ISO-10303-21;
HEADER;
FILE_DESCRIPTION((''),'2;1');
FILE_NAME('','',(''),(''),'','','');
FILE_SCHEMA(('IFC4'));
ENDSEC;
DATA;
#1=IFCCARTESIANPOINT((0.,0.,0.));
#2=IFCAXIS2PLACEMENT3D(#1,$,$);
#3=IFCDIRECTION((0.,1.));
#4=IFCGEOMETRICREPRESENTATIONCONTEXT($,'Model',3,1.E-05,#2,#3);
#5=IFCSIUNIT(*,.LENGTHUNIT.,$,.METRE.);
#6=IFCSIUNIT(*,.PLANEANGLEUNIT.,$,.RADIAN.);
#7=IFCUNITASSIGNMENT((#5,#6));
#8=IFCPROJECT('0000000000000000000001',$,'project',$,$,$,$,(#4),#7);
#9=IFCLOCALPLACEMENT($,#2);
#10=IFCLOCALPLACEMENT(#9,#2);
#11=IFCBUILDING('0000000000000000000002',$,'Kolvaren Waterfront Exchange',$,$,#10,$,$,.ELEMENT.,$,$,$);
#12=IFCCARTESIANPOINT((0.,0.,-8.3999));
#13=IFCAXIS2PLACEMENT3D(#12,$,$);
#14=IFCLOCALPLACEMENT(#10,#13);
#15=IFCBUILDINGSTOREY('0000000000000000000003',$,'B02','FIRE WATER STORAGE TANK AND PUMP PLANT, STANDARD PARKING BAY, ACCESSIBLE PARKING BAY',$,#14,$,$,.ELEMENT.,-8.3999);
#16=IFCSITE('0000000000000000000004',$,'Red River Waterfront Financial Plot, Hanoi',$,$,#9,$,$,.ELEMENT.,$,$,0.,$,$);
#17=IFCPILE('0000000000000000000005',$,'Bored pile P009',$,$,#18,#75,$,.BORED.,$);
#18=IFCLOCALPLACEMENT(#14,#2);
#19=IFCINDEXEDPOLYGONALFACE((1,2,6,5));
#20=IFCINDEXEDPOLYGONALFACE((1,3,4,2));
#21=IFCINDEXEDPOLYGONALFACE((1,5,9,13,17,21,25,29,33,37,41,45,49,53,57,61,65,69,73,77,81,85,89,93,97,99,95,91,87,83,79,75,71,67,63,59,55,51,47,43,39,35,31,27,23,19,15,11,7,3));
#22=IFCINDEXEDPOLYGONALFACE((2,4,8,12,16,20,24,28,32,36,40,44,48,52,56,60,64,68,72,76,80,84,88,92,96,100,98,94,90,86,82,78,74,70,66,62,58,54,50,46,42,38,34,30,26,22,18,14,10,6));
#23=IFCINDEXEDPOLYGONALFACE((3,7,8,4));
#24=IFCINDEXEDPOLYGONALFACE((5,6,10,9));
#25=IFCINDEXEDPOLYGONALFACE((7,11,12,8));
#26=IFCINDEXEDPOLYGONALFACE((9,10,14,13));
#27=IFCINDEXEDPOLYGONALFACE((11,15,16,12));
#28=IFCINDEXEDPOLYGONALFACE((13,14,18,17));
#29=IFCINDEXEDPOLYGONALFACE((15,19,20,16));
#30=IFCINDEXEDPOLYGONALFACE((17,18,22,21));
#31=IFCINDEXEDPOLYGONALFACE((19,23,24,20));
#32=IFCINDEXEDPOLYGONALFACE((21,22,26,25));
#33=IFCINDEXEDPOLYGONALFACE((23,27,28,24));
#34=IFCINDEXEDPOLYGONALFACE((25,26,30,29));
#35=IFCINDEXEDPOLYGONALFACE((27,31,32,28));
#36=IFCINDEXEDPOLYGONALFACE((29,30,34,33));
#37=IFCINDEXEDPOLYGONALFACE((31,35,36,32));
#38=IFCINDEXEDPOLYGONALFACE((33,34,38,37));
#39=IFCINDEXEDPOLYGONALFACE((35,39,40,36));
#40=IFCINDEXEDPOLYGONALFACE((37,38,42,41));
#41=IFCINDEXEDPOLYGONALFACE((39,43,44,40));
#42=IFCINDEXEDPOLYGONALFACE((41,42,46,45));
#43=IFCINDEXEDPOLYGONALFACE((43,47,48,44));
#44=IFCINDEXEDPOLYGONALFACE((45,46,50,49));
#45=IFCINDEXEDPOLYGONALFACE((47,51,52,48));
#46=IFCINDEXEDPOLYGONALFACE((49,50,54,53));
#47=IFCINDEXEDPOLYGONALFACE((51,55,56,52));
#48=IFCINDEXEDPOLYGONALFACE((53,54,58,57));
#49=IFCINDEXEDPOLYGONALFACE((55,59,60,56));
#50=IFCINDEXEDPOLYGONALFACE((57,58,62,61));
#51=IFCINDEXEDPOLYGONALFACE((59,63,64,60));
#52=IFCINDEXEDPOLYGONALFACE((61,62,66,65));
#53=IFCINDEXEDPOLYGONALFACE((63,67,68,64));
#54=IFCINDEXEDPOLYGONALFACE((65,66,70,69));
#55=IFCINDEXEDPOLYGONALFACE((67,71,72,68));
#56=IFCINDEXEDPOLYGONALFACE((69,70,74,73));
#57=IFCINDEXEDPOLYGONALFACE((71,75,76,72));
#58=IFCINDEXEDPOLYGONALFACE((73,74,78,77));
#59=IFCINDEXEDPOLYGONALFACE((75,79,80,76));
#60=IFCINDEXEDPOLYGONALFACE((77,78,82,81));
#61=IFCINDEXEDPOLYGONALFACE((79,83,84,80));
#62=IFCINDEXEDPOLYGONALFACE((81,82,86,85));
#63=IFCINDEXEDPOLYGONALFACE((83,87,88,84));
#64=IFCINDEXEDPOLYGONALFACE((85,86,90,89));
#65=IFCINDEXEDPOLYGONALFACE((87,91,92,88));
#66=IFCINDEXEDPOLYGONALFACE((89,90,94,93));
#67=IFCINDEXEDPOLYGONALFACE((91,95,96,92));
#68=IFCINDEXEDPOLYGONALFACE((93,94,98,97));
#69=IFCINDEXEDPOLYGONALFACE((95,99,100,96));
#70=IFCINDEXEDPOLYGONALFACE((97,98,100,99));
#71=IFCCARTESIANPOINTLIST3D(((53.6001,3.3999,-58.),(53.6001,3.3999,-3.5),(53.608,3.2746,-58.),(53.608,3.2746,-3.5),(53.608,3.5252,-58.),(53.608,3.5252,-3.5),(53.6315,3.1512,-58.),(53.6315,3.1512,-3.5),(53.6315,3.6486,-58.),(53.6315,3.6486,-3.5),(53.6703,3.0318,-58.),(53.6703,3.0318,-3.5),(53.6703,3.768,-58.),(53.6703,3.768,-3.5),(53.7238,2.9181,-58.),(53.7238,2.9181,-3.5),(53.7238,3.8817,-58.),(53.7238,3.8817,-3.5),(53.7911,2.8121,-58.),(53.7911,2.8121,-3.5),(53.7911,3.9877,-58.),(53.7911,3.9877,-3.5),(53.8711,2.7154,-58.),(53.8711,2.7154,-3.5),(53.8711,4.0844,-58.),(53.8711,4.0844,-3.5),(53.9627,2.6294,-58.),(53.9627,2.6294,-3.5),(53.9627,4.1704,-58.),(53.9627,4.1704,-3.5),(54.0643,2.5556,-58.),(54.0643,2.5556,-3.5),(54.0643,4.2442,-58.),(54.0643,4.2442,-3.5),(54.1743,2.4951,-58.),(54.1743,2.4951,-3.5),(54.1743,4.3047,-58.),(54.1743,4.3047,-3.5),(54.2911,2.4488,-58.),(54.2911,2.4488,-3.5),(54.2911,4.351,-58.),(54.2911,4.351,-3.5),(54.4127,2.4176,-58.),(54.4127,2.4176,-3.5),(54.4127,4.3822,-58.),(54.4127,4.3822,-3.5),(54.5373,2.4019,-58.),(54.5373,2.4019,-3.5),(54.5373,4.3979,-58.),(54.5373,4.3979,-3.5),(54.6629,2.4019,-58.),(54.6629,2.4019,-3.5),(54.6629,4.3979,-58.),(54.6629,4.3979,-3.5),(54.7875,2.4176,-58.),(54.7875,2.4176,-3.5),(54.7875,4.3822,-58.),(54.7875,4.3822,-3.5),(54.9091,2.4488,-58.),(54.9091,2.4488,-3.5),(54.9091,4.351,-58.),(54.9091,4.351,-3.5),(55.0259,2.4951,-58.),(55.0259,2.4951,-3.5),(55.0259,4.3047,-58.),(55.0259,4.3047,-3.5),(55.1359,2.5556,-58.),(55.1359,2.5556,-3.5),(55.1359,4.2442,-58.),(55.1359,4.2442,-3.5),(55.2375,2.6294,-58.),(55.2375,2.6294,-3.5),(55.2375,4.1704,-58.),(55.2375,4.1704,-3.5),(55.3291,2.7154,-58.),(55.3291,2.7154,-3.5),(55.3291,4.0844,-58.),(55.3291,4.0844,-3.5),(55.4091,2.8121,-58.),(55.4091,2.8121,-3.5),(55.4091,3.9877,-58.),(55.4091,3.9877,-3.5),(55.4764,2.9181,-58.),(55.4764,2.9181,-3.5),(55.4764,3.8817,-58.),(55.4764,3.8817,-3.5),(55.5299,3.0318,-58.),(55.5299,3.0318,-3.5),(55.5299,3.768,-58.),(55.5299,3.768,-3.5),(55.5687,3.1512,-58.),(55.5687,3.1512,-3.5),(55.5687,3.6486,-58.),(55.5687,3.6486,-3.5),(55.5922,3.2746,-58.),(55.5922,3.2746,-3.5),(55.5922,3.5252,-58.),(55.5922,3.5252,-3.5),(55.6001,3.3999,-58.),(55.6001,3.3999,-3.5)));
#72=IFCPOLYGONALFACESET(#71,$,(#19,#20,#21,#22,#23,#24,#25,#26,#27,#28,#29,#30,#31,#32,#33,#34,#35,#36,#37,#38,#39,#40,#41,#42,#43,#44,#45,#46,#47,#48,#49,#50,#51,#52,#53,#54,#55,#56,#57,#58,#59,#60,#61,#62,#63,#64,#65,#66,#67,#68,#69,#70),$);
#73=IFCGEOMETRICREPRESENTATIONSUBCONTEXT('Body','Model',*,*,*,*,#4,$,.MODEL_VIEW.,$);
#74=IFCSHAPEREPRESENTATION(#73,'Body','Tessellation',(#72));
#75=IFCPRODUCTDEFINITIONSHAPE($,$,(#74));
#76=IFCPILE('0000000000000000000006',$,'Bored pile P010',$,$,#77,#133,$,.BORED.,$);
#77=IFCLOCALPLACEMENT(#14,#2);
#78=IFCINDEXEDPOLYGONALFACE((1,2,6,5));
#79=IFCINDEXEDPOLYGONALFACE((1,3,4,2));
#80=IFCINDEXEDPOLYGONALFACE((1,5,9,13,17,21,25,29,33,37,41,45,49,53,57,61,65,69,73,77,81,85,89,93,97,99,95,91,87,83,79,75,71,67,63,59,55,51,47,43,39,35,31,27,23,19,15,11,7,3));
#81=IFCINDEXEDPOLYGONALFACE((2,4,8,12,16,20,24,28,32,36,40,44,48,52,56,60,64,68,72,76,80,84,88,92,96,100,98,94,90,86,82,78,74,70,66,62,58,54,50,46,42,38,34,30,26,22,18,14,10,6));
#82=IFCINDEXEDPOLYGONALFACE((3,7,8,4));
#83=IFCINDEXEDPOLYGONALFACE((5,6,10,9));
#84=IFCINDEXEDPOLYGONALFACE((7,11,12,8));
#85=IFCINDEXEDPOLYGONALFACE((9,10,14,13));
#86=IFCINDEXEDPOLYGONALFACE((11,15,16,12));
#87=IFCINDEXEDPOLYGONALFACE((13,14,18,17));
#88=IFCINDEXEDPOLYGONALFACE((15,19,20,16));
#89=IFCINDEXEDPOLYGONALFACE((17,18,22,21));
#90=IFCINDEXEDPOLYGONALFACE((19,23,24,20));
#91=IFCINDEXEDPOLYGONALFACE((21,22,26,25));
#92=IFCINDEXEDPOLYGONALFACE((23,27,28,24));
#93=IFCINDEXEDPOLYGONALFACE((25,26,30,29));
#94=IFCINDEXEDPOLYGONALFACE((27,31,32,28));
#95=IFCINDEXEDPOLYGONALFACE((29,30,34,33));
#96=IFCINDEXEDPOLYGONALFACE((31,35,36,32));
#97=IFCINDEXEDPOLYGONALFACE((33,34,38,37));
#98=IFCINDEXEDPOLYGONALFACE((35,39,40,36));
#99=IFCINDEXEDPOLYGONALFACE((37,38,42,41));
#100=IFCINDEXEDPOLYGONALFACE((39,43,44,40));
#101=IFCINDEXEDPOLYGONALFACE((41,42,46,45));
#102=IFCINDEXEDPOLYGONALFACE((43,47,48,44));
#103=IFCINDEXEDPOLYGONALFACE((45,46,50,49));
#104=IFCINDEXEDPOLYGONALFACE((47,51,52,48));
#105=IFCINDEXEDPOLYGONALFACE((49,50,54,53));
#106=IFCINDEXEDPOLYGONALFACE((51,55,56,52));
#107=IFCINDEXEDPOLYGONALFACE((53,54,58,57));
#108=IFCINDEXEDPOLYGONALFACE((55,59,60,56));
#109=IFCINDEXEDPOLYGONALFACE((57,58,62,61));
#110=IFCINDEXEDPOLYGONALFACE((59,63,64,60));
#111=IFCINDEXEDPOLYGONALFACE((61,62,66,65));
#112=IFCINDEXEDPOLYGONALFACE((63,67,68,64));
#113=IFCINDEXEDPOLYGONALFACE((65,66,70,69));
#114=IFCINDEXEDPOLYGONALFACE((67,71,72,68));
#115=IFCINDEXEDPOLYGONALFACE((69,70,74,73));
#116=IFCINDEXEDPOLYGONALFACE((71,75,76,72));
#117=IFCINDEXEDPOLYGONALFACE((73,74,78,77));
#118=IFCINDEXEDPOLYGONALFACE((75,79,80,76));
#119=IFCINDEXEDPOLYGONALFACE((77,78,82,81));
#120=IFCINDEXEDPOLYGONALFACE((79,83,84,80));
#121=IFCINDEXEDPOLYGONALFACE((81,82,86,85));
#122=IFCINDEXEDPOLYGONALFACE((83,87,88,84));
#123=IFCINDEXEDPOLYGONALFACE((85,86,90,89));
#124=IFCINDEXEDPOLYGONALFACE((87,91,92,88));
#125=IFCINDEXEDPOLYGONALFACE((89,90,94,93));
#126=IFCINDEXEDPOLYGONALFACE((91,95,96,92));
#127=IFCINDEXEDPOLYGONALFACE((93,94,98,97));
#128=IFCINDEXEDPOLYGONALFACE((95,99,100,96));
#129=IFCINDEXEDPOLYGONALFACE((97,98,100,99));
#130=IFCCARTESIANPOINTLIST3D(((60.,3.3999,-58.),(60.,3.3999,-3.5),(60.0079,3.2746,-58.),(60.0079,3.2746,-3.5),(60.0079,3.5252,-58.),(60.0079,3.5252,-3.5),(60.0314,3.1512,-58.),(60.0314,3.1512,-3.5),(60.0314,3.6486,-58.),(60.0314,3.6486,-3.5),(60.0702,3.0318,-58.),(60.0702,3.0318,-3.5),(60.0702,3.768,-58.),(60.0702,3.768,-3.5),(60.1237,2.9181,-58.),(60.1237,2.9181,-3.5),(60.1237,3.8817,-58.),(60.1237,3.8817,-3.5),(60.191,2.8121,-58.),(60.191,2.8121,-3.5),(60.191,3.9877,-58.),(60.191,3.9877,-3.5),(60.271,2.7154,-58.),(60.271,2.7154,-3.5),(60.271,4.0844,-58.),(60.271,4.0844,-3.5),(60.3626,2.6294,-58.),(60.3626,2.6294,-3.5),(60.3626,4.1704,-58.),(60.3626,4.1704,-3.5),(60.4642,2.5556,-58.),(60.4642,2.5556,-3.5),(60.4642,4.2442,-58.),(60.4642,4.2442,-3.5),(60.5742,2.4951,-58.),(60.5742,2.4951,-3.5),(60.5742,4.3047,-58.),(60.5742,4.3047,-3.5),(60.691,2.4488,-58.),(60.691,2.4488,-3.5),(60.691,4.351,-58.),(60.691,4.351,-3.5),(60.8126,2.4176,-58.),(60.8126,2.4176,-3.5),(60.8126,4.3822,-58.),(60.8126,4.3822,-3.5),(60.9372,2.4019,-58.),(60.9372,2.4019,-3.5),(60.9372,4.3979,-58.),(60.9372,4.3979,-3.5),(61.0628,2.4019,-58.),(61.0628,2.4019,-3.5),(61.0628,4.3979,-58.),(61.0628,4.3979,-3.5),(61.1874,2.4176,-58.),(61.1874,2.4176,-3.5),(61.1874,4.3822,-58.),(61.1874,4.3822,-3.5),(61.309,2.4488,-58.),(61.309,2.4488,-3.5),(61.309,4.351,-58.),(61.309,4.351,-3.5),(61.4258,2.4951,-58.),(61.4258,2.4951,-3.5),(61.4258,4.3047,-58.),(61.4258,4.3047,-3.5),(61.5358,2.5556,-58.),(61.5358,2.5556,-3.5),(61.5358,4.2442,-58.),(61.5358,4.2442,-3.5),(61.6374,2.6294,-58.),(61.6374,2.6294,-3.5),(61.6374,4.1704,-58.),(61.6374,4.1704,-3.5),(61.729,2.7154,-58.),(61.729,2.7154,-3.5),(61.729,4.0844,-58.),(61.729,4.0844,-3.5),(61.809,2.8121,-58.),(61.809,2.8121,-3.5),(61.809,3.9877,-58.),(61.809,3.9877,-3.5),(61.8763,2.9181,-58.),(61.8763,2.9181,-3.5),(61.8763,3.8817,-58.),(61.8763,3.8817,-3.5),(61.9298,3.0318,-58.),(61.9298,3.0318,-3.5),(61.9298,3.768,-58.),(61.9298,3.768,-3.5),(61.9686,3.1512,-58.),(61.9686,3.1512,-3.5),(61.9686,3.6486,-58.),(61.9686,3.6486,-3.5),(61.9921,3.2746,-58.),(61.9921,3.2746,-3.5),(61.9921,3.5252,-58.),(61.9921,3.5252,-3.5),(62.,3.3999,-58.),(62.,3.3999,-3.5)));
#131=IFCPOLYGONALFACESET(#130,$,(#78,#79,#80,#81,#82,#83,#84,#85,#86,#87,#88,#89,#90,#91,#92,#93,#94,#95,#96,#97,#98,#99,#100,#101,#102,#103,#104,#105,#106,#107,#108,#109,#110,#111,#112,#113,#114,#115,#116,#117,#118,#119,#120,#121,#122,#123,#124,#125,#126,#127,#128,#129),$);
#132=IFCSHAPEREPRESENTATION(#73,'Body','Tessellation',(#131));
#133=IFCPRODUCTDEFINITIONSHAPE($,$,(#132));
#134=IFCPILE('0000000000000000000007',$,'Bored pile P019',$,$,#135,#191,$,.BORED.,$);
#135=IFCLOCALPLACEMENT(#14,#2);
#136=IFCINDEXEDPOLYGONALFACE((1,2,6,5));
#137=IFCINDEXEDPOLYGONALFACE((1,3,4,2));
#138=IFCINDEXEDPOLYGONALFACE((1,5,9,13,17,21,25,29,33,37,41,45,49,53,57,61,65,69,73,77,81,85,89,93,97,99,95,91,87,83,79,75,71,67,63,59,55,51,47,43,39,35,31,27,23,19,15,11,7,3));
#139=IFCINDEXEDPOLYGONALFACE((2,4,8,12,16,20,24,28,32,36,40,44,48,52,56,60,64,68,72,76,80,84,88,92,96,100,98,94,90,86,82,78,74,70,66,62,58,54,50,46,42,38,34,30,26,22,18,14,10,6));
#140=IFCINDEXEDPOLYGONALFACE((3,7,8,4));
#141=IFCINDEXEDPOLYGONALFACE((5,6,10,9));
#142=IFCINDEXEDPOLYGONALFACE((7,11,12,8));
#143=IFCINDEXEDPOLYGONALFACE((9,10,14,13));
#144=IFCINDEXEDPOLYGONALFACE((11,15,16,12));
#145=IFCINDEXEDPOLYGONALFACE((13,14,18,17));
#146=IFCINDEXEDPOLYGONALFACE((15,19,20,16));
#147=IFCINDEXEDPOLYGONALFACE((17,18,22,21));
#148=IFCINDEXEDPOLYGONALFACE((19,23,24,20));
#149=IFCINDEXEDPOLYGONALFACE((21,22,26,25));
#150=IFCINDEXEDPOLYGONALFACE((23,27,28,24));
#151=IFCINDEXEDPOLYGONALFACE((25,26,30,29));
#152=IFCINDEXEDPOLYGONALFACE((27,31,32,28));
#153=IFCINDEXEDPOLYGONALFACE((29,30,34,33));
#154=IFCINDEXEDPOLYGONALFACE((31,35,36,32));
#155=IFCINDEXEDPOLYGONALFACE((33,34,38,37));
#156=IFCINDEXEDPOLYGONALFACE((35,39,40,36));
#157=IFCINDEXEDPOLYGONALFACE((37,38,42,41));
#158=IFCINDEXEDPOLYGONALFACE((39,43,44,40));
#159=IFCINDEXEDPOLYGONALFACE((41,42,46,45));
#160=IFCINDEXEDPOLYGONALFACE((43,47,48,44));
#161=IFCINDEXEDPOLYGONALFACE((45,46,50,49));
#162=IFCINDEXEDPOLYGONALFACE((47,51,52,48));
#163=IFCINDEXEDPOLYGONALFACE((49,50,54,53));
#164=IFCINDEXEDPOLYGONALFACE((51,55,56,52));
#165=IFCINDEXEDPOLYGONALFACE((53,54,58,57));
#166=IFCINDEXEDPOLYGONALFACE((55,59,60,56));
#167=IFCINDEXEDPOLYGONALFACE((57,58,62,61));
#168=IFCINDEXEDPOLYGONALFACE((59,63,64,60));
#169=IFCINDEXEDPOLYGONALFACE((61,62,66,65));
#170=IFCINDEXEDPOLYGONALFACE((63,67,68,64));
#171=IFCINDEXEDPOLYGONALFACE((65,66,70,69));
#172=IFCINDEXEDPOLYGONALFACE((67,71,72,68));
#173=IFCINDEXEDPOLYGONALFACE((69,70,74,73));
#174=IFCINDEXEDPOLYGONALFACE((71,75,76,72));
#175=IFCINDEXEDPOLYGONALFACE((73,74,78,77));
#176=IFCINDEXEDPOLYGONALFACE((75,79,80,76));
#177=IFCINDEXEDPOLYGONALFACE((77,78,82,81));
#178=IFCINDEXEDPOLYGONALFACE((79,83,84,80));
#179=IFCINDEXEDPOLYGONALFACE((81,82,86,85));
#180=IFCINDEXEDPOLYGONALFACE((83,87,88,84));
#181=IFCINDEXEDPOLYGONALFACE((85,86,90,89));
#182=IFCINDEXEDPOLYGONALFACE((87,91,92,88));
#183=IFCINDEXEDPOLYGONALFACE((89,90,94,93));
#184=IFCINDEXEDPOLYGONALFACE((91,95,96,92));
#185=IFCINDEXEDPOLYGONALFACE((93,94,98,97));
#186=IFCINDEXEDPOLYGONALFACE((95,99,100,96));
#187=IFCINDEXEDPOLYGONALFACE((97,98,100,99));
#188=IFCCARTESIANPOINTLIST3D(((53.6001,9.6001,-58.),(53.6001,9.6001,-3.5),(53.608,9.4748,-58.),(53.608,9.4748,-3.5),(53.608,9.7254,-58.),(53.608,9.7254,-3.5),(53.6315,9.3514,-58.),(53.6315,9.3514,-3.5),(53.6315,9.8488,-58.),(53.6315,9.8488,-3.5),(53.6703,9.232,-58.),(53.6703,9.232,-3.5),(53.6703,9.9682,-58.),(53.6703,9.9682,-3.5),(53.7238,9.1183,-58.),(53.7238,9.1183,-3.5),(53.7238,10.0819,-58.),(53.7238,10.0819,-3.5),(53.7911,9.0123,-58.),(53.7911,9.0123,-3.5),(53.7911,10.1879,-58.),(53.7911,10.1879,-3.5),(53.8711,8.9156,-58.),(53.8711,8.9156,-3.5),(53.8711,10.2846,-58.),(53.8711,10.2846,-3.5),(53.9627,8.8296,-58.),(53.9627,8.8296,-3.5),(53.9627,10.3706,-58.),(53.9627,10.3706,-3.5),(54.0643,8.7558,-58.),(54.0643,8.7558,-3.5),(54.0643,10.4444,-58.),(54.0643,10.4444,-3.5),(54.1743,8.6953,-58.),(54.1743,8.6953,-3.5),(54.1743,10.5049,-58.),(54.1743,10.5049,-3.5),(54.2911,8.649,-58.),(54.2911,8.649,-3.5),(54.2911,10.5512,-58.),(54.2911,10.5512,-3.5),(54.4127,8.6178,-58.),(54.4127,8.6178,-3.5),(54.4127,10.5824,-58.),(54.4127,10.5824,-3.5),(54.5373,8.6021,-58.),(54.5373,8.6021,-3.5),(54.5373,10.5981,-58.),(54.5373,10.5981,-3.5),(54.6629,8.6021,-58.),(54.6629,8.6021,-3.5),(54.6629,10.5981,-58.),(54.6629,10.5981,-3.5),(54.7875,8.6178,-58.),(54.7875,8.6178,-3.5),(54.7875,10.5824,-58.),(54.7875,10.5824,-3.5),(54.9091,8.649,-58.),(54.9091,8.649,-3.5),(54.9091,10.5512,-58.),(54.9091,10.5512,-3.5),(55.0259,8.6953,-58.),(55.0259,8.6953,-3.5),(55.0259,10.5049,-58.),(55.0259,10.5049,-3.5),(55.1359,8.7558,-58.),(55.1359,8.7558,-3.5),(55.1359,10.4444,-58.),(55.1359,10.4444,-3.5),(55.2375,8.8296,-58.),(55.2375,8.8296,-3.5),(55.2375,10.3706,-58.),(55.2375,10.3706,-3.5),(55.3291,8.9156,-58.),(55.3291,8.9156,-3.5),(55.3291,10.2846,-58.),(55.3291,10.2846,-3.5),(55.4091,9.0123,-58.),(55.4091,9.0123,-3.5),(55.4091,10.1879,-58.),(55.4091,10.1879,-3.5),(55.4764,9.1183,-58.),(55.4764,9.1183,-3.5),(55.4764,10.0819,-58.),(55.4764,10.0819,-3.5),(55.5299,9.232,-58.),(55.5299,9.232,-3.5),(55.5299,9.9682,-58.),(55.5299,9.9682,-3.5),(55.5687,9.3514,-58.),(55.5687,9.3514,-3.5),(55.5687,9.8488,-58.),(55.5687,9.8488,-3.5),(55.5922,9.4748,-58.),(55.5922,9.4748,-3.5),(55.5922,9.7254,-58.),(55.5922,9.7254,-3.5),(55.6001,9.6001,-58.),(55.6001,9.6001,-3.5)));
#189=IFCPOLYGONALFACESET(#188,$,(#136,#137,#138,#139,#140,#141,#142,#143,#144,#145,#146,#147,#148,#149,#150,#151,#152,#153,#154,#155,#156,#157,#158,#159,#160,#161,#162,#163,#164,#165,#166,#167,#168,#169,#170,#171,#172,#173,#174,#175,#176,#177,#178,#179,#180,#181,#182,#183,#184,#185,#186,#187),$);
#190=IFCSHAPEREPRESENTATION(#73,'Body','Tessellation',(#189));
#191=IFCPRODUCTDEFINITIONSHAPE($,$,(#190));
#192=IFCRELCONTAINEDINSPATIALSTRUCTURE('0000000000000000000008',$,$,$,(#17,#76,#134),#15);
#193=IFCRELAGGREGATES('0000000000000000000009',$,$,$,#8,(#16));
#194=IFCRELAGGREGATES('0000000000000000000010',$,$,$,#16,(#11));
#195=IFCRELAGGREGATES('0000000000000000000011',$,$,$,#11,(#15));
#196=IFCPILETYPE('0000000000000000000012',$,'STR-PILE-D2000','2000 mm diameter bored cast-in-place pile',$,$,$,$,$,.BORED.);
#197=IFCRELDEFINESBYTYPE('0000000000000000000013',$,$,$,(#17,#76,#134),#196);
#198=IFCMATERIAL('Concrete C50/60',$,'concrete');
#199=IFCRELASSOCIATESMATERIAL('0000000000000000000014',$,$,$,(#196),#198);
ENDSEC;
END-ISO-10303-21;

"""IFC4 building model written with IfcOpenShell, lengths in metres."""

from ifc_helpers import new_model, si_unit, direction, frame, origin, origin_2d, place, context, subcontext, project, spatial, circle, extrude, material, material_profile, profile_set, type_object, element, save


model = new_model("IFC4")

# Units and contexts
model_context = context("Model", 3, precision=1e-05, world=origin(), true_north=direction((0.0, 1.0)))
body_context = subcontext(model_context, "Body", "Model", "MODEL_VIEW")
ifc_project = project(units=[si_unit("LENGTHUNIT", "METRE"), si_unit("PLANEANGLEUNIT", "RADIAN")], contexts=[model_context])

# Site, building, storey
site_placement = place(None, origin())
site = spatial("IfcSite", under=ifc_project, at=site_placement, Name="Red River Waterfront Financial Plot, Hanoi", CompositionType="ELEMENT", RefElevation=0.0)
building_placement = place(site_placement, origin())
building = spatial("IfcBuilding", under=site, at=building_placement, Name="Kolvaren Waterfront Exchange", CompositionType="ELEMENT")
storey_placement = place(building_placement, frame((0.0, 0.0, -8.3999)))
storey = spatial("IfcBuildingStorey", under=building, at=storey_placement, Name="B02", Description="FIRE WATER STORAGE TANK AND PUMP PLANT, STANDARD PARKING BAY, ACCESSIBLE PARKING BAY", CompositionType="ELEMENT", Elevation=-8.3999)

# Piles
ifc_material_1 = material(Name="Concrete C50/60", Category="concrete")
ifc_material_profile_1 = material_profile(ifc_material_1, circle(Radius=1.0, at=origin_2d()), Name="RC-PILE-D2000")
ifc_profile_set_1 = profile_set([ifc_material_profile_1], Name="Concrete C50/60")
pile_type = type_object("IfcPileType", Name="STR-PILE-D2000", Description="2000 mm diameter bored cast-in-place pile", PredefinedType="BORED", material=ifc_profile_set_1)
for number, where, z_axis, x_axis, name in (
    (1, (54.6001, 3.3999, -3.5), (0.0, 0.0, -1.0), (1.0, 0.0, 0.0), "Bored pile P009"),
    (2, (61.0, 3.3999, -3.5), (0.0, 0.0, -1.0), (1.0, 0.0, 0.0), "Bored pile P010"),
    (3, (54.6001, 9.6001, -3.5), (0.0, 0.0, -1.0), (1.0, 0.0, 0.0), "Bored pile P019"),
):
    element("IfcPile", number, at=place(storey_placement, frame(where, z_axis=z_axis, x_axis=x_axis)), inside=storey, type_object=pile_type, Name=name, PredefinedType="BORED", context=body_context, shape_type="SweptSolid", body=[
        extrude(circle(Radius=1.0, at=origin_2d()), origin(), (0.0, 0.0, 1.0), 54.5),
    ])

save(model, "model.ifc")
